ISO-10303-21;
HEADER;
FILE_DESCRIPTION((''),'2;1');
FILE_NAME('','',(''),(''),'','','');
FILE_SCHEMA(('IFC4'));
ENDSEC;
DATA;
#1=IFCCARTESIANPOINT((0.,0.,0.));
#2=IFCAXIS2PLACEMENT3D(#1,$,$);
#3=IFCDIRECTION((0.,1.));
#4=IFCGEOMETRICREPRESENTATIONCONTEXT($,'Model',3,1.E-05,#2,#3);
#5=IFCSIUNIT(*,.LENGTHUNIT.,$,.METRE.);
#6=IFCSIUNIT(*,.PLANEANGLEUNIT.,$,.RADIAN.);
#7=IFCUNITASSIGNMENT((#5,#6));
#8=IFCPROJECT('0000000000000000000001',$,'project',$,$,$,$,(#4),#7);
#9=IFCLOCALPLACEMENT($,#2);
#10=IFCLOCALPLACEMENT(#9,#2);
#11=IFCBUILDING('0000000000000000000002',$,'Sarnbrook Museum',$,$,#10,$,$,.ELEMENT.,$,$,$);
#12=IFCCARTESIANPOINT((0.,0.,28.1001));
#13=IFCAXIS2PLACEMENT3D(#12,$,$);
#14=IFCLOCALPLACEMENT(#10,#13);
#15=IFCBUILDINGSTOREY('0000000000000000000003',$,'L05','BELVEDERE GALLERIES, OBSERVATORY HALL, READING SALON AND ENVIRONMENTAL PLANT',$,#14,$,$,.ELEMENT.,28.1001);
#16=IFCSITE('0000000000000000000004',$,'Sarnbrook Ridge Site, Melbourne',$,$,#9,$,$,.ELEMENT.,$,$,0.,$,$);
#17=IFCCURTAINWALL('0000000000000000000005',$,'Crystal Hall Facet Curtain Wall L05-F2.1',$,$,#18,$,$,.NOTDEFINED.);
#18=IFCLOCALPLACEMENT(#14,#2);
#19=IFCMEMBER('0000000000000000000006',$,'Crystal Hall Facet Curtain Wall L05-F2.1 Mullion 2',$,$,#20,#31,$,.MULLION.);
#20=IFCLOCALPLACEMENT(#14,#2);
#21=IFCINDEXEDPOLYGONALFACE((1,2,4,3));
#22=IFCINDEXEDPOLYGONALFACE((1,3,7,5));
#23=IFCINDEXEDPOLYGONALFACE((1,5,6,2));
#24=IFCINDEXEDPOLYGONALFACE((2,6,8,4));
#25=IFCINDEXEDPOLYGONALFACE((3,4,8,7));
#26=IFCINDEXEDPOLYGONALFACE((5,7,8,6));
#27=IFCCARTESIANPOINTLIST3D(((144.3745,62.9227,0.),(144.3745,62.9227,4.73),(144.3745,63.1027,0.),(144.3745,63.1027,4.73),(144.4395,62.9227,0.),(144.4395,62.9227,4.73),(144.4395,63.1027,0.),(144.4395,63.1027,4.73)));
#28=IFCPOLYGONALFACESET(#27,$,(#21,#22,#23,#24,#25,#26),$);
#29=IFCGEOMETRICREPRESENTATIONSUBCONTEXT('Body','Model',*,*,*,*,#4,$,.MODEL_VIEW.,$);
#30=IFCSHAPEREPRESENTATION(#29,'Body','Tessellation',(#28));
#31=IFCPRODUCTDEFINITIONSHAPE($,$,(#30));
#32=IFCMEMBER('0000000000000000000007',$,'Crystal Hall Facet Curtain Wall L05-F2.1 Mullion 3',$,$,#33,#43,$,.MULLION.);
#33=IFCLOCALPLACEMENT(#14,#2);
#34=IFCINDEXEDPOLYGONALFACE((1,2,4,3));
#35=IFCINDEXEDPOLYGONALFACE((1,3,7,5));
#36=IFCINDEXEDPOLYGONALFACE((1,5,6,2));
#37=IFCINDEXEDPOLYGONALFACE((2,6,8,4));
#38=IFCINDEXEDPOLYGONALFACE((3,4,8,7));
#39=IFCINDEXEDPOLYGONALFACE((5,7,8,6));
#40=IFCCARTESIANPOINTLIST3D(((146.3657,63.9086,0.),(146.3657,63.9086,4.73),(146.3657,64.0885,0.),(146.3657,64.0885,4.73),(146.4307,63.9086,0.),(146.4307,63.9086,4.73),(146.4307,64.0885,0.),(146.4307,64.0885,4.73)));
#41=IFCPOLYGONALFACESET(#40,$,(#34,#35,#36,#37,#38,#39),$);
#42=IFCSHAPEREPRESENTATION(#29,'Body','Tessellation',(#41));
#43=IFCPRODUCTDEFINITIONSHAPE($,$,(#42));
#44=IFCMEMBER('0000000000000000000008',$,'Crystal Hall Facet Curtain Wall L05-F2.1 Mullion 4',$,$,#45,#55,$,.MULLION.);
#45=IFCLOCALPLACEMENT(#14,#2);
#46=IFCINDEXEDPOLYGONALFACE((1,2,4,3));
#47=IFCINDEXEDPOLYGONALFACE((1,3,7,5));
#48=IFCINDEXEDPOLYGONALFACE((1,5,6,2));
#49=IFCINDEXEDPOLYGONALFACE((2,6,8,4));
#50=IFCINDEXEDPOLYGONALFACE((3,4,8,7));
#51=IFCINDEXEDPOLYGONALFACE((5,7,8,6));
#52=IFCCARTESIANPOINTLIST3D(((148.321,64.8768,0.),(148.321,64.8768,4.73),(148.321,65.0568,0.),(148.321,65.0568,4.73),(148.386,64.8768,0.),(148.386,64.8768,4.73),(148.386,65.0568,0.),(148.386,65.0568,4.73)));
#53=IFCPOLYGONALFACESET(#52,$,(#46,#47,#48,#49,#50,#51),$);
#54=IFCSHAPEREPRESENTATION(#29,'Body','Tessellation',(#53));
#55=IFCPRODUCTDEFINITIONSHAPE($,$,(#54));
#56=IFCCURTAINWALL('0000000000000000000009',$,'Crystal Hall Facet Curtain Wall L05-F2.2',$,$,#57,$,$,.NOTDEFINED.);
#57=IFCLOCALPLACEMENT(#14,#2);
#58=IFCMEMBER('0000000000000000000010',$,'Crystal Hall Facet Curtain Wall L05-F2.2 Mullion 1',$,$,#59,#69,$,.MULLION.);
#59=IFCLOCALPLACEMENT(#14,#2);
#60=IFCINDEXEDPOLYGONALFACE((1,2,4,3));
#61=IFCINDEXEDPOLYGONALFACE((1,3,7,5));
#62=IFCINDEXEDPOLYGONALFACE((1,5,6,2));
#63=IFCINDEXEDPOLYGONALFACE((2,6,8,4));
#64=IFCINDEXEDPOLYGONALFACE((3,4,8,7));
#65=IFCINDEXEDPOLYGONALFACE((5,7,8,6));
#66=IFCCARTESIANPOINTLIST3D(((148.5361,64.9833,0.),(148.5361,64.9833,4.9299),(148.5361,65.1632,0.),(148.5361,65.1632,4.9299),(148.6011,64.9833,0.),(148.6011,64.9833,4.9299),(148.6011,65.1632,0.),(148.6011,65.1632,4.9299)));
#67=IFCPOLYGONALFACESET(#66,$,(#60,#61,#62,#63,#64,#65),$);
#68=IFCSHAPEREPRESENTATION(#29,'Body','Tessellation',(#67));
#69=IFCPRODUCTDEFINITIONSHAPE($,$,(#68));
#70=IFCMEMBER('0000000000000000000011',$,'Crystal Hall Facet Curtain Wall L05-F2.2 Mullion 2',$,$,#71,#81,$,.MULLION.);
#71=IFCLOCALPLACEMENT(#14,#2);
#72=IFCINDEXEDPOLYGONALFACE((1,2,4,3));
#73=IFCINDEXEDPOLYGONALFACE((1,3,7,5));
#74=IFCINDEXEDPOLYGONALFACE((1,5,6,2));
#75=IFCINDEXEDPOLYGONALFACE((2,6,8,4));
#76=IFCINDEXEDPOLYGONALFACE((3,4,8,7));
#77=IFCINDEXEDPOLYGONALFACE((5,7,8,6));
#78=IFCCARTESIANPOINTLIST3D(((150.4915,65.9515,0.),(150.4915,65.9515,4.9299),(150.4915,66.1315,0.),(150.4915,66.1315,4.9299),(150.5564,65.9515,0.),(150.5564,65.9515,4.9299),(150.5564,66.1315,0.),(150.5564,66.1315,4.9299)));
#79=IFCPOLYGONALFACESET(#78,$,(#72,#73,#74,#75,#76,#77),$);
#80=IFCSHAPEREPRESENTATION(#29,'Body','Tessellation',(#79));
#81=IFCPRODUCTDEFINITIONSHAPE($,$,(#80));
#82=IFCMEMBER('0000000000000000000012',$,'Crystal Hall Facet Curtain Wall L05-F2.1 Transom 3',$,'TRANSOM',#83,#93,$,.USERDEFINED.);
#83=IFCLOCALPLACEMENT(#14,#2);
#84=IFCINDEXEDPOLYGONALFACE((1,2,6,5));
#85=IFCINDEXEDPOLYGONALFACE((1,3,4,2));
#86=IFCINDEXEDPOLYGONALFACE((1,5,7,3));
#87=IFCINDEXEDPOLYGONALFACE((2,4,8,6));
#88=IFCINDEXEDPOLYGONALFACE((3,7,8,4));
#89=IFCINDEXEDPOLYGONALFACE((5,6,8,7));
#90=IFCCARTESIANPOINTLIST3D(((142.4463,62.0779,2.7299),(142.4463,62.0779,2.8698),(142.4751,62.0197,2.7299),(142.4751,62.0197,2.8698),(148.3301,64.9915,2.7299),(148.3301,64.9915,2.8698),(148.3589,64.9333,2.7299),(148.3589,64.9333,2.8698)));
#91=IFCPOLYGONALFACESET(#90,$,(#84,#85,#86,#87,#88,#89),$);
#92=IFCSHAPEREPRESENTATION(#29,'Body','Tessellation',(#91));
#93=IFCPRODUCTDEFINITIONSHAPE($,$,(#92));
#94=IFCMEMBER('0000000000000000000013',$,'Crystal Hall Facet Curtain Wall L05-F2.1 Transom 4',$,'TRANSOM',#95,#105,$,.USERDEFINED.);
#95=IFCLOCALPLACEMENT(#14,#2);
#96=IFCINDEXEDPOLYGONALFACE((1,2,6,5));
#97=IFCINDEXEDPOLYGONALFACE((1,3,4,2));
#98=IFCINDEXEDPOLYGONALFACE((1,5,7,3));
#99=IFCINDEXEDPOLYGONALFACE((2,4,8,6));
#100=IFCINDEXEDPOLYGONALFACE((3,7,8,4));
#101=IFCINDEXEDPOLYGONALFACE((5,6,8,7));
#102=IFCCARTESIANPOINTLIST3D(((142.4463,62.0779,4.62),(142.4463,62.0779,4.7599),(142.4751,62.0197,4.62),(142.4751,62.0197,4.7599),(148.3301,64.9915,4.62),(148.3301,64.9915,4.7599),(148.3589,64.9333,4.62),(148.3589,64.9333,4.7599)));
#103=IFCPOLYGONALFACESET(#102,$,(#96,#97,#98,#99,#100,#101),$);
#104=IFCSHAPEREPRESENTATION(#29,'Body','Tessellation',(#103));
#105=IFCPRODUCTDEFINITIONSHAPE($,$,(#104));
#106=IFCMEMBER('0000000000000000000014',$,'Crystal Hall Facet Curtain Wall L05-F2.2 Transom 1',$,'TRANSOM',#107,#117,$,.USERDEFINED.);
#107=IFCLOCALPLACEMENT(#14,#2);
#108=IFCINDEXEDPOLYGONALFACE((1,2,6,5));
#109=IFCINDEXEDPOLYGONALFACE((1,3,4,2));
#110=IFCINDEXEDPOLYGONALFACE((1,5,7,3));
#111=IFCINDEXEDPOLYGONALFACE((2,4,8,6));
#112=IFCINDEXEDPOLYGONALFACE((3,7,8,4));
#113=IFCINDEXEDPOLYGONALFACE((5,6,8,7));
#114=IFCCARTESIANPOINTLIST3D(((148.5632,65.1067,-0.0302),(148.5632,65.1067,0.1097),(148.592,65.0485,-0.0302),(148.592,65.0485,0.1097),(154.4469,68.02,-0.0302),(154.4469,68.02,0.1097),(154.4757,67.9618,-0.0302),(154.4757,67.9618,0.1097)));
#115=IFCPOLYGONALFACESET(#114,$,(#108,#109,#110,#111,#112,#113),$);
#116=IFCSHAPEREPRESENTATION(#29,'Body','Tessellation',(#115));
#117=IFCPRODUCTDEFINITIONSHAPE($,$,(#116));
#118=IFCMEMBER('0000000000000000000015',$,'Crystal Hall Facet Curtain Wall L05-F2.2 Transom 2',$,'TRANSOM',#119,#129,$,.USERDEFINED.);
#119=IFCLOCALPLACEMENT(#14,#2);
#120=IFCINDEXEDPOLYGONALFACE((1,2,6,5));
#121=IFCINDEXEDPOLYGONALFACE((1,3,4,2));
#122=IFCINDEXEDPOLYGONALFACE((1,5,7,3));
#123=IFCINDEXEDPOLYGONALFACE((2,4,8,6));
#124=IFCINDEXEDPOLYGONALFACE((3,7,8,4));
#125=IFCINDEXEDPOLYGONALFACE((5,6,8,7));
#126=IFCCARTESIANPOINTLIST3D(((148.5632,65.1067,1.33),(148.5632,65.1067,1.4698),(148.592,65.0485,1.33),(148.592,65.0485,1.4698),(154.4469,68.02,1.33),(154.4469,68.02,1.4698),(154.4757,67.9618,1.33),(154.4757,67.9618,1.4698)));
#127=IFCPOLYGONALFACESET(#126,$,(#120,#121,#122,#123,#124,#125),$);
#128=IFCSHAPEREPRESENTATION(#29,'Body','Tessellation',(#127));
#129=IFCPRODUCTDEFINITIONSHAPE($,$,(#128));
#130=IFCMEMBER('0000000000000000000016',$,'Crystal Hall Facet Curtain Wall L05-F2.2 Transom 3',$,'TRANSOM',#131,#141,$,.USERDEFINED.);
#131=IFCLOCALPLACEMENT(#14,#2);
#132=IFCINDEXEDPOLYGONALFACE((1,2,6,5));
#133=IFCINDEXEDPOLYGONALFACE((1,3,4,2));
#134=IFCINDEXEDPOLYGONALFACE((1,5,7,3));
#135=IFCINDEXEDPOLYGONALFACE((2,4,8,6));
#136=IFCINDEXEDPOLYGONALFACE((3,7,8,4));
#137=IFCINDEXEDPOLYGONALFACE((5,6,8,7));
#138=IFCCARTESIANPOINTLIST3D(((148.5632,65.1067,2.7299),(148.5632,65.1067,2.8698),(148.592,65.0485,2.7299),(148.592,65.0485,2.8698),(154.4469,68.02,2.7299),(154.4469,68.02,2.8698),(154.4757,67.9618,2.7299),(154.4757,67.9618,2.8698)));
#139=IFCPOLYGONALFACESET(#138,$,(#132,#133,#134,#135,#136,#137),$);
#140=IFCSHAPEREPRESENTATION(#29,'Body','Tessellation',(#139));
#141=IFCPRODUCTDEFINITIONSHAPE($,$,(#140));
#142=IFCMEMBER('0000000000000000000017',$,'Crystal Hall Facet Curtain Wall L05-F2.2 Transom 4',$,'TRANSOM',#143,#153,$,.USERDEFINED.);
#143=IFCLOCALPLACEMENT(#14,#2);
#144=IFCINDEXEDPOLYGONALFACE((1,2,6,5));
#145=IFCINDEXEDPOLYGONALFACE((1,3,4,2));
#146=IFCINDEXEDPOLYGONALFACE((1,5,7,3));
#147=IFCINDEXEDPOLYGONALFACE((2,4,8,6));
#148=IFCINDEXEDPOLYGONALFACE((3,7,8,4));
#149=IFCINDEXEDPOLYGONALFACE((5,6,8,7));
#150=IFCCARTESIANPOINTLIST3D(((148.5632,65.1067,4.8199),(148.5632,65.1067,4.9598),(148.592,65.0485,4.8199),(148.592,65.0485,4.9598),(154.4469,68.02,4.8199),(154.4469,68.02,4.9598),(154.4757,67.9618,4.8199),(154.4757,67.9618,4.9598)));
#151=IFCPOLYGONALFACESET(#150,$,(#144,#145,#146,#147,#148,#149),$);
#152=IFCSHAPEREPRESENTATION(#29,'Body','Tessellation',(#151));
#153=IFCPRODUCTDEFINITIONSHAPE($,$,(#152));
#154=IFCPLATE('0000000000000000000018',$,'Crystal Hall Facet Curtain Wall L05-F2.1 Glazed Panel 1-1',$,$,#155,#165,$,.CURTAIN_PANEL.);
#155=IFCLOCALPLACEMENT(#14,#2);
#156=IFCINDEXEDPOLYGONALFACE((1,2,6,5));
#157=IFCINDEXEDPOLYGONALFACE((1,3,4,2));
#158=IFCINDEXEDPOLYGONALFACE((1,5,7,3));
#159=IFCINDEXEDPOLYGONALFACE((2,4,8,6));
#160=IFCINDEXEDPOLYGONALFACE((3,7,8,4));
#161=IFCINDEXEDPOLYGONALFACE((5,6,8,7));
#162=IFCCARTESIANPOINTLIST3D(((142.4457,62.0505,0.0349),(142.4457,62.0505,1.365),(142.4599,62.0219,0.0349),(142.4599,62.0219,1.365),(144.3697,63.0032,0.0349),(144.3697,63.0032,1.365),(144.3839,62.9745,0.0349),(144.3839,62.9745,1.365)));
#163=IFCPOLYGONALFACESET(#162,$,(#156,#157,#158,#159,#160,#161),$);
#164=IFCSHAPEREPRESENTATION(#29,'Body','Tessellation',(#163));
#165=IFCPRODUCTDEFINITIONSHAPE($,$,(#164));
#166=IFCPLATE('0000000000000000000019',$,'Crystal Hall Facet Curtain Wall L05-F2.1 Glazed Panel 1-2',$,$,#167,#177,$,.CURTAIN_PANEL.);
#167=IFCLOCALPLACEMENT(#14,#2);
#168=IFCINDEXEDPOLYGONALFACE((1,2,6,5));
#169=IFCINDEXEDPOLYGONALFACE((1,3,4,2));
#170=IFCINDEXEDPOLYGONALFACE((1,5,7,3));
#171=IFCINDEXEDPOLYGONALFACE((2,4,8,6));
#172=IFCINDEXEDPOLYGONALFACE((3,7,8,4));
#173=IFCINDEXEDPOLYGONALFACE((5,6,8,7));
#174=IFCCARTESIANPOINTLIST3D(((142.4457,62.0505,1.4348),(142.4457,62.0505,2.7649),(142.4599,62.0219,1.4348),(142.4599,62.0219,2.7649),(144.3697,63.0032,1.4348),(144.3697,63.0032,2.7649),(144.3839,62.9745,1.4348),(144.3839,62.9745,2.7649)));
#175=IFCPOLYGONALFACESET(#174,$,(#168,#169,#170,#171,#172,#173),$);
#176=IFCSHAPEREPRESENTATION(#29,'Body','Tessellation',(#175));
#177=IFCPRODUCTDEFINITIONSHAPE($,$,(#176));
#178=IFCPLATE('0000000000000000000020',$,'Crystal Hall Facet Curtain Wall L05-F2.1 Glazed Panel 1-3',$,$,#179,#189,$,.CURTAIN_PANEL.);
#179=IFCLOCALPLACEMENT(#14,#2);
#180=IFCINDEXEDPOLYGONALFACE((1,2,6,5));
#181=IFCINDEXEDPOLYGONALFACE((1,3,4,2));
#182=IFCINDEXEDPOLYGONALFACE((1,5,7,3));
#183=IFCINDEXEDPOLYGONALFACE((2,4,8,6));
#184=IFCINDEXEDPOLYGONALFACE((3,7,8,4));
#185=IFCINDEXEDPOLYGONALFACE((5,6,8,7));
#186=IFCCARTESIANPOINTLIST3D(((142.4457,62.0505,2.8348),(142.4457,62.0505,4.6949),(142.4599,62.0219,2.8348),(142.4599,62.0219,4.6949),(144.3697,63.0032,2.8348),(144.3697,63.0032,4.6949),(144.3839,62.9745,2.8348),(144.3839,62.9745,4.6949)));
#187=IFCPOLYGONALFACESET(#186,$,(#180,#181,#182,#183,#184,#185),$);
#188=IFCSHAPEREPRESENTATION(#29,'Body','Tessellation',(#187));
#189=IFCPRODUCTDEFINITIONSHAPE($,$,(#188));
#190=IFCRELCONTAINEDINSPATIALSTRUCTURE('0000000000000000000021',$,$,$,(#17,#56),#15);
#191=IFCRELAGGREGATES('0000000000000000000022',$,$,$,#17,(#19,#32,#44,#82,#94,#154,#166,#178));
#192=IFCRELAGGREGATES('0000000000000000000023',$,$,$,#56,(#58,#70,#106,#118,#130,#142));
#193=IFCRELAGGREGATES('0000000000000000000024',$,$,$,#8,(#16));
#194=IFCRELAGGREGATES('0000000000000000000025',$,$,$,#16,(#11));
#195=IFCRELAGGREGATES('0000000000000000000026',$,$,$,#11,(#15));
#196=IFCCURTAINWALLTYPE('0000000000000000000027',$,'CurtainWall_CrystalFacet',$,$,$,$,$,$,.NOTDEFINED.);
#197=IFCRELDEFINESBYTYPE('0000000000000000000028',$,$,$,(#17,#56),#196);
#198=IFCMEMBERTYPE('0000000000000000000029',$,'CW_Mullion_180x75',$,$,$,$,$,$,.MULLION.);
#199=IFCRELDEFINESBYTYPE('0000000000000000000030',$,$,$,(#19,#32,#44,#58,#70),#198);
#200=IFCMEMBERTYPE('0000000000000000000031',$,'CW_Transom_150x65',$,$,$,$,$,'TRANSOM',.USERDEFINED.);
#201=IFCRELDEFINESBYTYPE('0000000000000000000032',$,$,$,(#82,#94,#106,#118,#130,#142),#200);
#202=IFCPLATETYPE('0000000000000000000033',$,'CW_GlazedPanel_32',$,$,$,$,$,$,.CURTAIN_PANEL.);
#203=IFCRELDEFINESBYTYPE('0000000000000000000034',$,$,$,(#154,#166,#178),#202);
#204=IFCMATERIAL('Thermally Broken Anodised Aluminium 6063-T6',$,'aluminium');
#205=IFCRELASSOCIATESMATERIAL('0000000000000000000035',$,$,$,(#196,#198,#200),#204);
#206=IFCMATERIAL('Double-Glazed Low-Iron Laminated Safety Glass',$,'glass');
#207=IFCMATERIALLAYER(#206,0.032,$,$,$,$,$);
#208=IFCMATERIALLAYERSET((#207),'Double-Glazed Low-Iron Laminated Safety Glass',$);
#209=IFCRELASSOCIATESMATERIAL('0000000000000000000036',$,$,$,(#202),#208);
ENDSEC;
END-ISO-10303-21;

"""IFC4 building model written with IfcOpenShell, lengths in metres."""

from ifc_helpers import new_model, si_unit, direction, frame, origin, origin_2d, place, context, subcontext, project, spatial, rectangle, extrude, material, layer, layer_set, material_profile, profile_set, type_object, element, aggregate, save


model = new_model("IFC4")

# Units and contexts
model_context = context("Model", 3, precision=1e-05, world=origin(), true_north=direction((0.0, 1.0)))
body_context = subcontext(model_context, "Body", "Model", "MODEL_VIEW")
ifc_project = project(units=[si_unit("LENGTHUNIT", "METRE"), si_unit("PLANEANGLEUNIT", "RADIAN")], contexts=[model_context])

# Site, building, storey
site_placement = place(None, origin())
site = spatial("IfcSite", under=ifc_project, at=site_placement, Name="Sarnbrook Ridge Site, Melbourne", CompositionType="ELEMENT", RefElevation=0.0)
building_placement = place(site_placement, origin())
building = spatial("IfcBuilding", under=site, at=building_placement, Name="Sarnbrook Museum", CompositionType="ELEMENT")
storey_placement = place(building_placement, frame((0.0, 0.0, 28.1001)))
storey = spatial("IfcBuildingStorey", under=building, at=storey_placement, Name="L05", Description="BELVEDERE GALLERIES, OBSERVATORY HALL, READING SALON AND ENVIRONMENTAL PLANT", CompositionType="ELEMENT", Elevation=28.1001)

# Curtain walls, members
ifc_material_1 = material(Name="Thermally Broken Anodised Aluminium 6063-T6", Category="aluminium")
curtain_wall_type = type_object("IfcCurtainWallType", Name="CurtainWall_CrystalFacet", PredefinedType="NOTDEFINED", material=ifc_material_1)
curtain_wall_1_placement = place(storey_placement, origin())
curtain_wall_1 = element("IfcCurtainWall", 1, at=curtain_wall_1_placement, inside=storey, type_object=curtain_wall_type, Name="Crystal Hall Facet Curtain Wall L05-F2.1", PredefinedType="NOTDEFINED")
ifc_material_profile_1 = material_profile(ifc_material_1, rectangle(XDim=0.0649, YDim=0.1799, at=origin_2d()), Name="ALU MULLION 65x180")
ifc_profile_set_1 = profile_set([ifc_material_profile_1], Name="Thermally Broken Anodised Aluminium 6063-T6")
member_type_1 = type_object("IfcMemberType", Name="CW_Mullion_180x75", PredefinedType="MULLION", material=ifc_profile_set_1)
member_1_placement = place(storey_placement, frame((144.407, 63.0127, 0.0), z_axis=(0.0, 0.0, 1.0), x_axis=(1.0, 0.0, 0.0)))
member_1 = element("IfcMember", 2, at=member_1_placement, type_object=member_type_1, Name="Crystal Hall Facet Curtain Wall L05-F2.1 Mullion 2", PredefinedType="MULLION", context=body_context, shape_type="SweptSolid", body=[
    extrude(rectangle(XDim=0.0649, YDim=0.1799, at=origin_2d()), origin(), (0.0, 0.0, 1.0), 4.73),
])
member_2_placement = place(storey_placement, frame((146.3982, 63.9985, 0.0), z_axis=(0.0, 0.0, 1.0), x_axis=(1.0, 0.0, 0.0)))
member_2 = element("IfcMember", 3, at=member_2_placement, type_object=member_type_1, Name="Crystal Hall Facet Curtain Wall L05-F2.1 Mullion 3", PredefinedType="MULLION", context=body_context, shape_type="SweptSolid", body=[
    extrude(rectangle(XDim=0.0649, YDim=0.1799, at=origin_2d()), origin(), (0.0, 0.0, 1.0), 4.73),
])
member_3_placement = place(storey_placement, frame((148.3535, 64.9668, 0.0), z_axis=(0.0, 0.0, 1.0), x_axis=(1.0, 0.0, 0.0)))
member_3 = element("IfcMember", 4, at=member_3_placement, type_object=member_type_1, Name="Crystal Hall Facet Curtain Wall L05-F2.1 Mullion 4", PredefinedType="MULLION", context=body_context, shape_type="SweptSolid", body=[
    extrude(rectangle(XDim=0.0649, YDim=0.1799, at=origin_2d()), origin(), (0.0, 0.0, 1.0), 4.73),
])
curtain_wall_2_placement = place(storey_placement, origin())
curtain_wall_2 = element("IfcCurtainWall", 5, at=curtain_wall_2_placement, inside=storey, type_object=curtain_wall_type, Name="Crystal Hall Facet Curtain Wall L05-F2.2", PredefinedType="NOTDEFINED")
member_4_placement = place(storey_placement, frame((148.5686, 65.0732, 0.0), z_axis=(0.0, 0.0, 1.0), x_axis=(1.0, 0.0, 0.0)))
member_4 = element("IfcMember", 6, at=member_4_placement, type_object=member_type_1, Name="Crystal Hall Facet Curtain Wall L05-F2.2 Mullion 1", PredefinedType="MULLION", context=body_context, shape_type="SweptSolid", body=[
    extrude(rectangle(XDim=0.0649, YDim=0.1799, at=origin_2d()), origin(), (0.0, 0.0, 1.0), 4.9299),
])
member_5_placement = place(storey_placement, frame((150.5239, 66.0415, 0.0), z_axis=(0.0, 0.0, 1.0), x_axis=(1.0, 0.0, 0.0)))
member_5 = element("IfcMember", 7, at=member_5_placement, type_object=member_type_1, Name="Crystal Hall Facet Curtain Wall L05-F2.2 Mullion 2", PredefinedType="MULLION", context=body_context, shape_type="SweptSolid", body=[
    extrude(rectangle(XDim=0.0649, YDim=0.1799, at=origin_2d()), origin(), (0.0, 0.0, 1.0), 4.9299),
])

# Members
ifc_material_profile_2 = material_profile(ifc_material_1, rectangle(XDim=0.0649, YDim=0.1399, at=origin_2d()), Name="ALU TRANSOM 65x140")
ifc_profile_set_2 = profile_set([ifc_material_profile_2], Name="Thermally Broken Anodised Aluminium 6063-T6")
member_type_2 = type_object("IfcMemberType", Name="CW_Transom_150x65", ElementType="TRANSOM", PredefinedType="USERDEFINED", material=ifc_profile_set_2)
member_6_placement = place(storey_placement, frame((142.4607, 62.0488, 2.7998), z_axis=(0.896146, 0.44376, 0.0), x_axis=(-0.44376, 0.896146, 0.0)))
member_6 = element("IfcMember", 8, at=member_6_placement, type_object=member_type_2, Name="Crystal Hall Facet Curtain Wall L05-F2.1 Transom 3", ObjectType="TRANSOM", PredefinedType="USERDEFINED", context=body_context, shape_type="SweptSolid", body=[
    extrude(rectangle(XDim=0.0649, YDim=0.1399, at=origin_2d()), origin(), (0.0, 0.0, 1.0), 6.5657),
])
member_7_placement = place(storey_placement, frame((142.4607, 62.0488, 4.6899), z_axis=(0.896146, 0.44376, 0.0), x_axis=(-0.44376, 0.896146, 0.0)))
member_7 = element("IfcMember", 9, at=member_7_placement, type_object=member_type_2, Name="Crystal Hall Facet Curtain Wall L05-F2.1 Transom 4", ObjectType="TRANSOM", PredefinedType="USERDEFINED", context=body_context, shape_type="SweptSolid", body=[
    extrude(rectangle(XDim=0.0649, YDim=0.1399, at=origin_2d()), origin(), (0.0, 0.0, 1.0), 6.5657),
])
member_8_placement = place(storey_placement, frame((148.5776, 65.0776, 0.0398), z_axis=(0.896161, 0.44373, 0.0), x_axis=(-0.44373, 0.896161, 0.0)))
member_8 = element("IfcMember", 10, at=member_8_placement, type_object=member_type_2, Name="Crystal Hall Facet Curtain Wall L05-F2.2 Transom 1", ObjectType="TRANSOM", PredefinedType="USERDEFINED", context=body_context, shape_type="SweptSolid", body=[
    extrude(rectangle(XDim=0.0649, YDim=0.1399, at=origin_2d()), origin(), (0.0, 0.0, 1.0), 6.5654),
])
member_9_placement = place(storey_placement, frame((148.5776, 65.0776, 1.3999), z_axis=(0.896161, 0.44373, 0.0), x_axis=(-0.44373, 0.896161, 0.0)))
member_9 = element("IfcMember", 11, at=member_9_placement, type_object=member_type_2, Name="Crystal Hall Facet Curtain Wall L05-F2.2 Transom 2", ObjectType="TRANSOM", PredefinedType="USERDEFINED", context=body_context, shape_type="SweptSolid", body=[
    extrude(rectangle(XDim=0.0649, YDim=0.1399, at=origin_2d()), origin(), (0.0, 0.0, 1.0), 6.5654),
])
member_10_placement = place(storey_placement, frame((148.5776, 65.0776, 2.7998), z_axis=(0.896161, 0.44373, 0.0), x_axis=(-0.44373, 0.896161, 0.0)))
member_10 = element("IfcMember", 12, at=member_10_placement, type_object=member_type_2, Name="Crystal Hall Facet Curtain Wall L05-F2.2 Transom 3", ObjectType="TRANSOM", PredefinedType="USERDEFINED", context=body_context, shape_type="SweptSolid", body=[
    extrude(rectangle(XDim=0.0649, YDim=0.1399, at=origin_2d()), origin(), (0.0, 0.0, 1.0), 6.5654),
])
member_11_placement = place(storey_placement, frame((148.5776, 65.0776, 4.8899), z_axis=(0.896161, 0.44373, 0.0), x_axis=(-0.44373, 0.896161, 0.0)))
member_11 = element("IfcMember", 13, at=member_11_placement, type_object=member_type_2, Name="Crystal Hall Facet Curtain Wall L05-F2.2 Transom 4", ObjectType="TRANSOM", PredefinedType="USERDEFINED", context=body_context, shape_type="SweptSolid", body=[
    extrude(rectangle(XDim=0.0649, YDim=0.1399, at=origin_2d()), origin(), (0.0, 0.0, 1.0), 6.5654),
])

# Plates
ifc_material_2 = material(Name="Double-Glazed Low-Iron Laminated Safety Glass", Category="glass")
ifc_layer = layer(ifc_material_2, 0.032)
ifc_layer_set = layer_set([ifc_layer], Name="Double-Glazed Low-Iron Laminated Safety Glass")
plate_type = type_object("IfcPlateType", Name="CW_GlazedPanel_32", PredefinedType="CURTAIN_PANEL", material=ifc_layer_set)
plate_1_placement = place(storey_placement, frame((143.4077, 62.5269, 0.7), z_axis=(0.443727, -0.896162, 0.0), x_axis=(0.896162, 0.443727, 0.0)))
plate_1 = element("IfcPlate", 14, at=plate_1_placement, type_object=plate_type, Name="Crystal Hall Facet Curtain Wall L05-F2.1 Glazed Panel 1-1", PredefinedType="CURTAIN_PANEL", context=body_context, shape_type="SweptSolid", body=[
    extrude(rectangle(XDim=2.147, YDim=1.3301, at=origin_2d()), origin(), (0.0, 0.0, 1.0), 0.032),
])
plate_2_placement = place(storey_placement, frame((143.4077, 62.5269, 2.0999), z_axis=(0.443727, -0.896162, 0.0), x_axis=(0.896162, 0.443727, 0.0)))
plate_2 = element("IfcPlate", 15, at=plate_2_placement, type_object=plate_type, Name="Crystal Hall Facet Curtain Wall L05-F2.1 Glazed Panel 1-2", PredefinedType="CURTAIN_PANEL", context=body_context, shape_type="SweptSolid", body=[
    extrude(rectangle(XDim=2.147, YDim=1.3301, at=origin_2d()), origin(), (0.0, 0.0, 1.0), 0.032),
])
plate_3_placement = place(storey_placement, frame((143.4077, 62.5269, 3.7649), z_axis=(0.443727, -0.896162, 0.0), x_axis=(0.896162, 0.443727, 0.0)))
plate_3 = element("IfcPlate", 16, at=plate_3_placement, type_object=plate_type, Name="Crystal Hall Facet Curtain Wall L05-F2.1 Glazed Panel 1-3", PredefinedType="CURTAIN_PANEL", context=body_context, shape_type="SweptSolid", body=[
    extrude(rectangle(XDim=2.147, YDim=1.8601, at=origin_2d()), origin(), (0.0, 0.0, 1.0), 0.032),
])
aggregate(curtain_wall_1, [member_1, member_2, member_3, member_6, member_7, plate_1, plate_2, plate_3])
aggregate(curtain_wall_2, [member_4, member_5, member_8, member_9, member_10, member_11])

save(model, "model.ifc")
